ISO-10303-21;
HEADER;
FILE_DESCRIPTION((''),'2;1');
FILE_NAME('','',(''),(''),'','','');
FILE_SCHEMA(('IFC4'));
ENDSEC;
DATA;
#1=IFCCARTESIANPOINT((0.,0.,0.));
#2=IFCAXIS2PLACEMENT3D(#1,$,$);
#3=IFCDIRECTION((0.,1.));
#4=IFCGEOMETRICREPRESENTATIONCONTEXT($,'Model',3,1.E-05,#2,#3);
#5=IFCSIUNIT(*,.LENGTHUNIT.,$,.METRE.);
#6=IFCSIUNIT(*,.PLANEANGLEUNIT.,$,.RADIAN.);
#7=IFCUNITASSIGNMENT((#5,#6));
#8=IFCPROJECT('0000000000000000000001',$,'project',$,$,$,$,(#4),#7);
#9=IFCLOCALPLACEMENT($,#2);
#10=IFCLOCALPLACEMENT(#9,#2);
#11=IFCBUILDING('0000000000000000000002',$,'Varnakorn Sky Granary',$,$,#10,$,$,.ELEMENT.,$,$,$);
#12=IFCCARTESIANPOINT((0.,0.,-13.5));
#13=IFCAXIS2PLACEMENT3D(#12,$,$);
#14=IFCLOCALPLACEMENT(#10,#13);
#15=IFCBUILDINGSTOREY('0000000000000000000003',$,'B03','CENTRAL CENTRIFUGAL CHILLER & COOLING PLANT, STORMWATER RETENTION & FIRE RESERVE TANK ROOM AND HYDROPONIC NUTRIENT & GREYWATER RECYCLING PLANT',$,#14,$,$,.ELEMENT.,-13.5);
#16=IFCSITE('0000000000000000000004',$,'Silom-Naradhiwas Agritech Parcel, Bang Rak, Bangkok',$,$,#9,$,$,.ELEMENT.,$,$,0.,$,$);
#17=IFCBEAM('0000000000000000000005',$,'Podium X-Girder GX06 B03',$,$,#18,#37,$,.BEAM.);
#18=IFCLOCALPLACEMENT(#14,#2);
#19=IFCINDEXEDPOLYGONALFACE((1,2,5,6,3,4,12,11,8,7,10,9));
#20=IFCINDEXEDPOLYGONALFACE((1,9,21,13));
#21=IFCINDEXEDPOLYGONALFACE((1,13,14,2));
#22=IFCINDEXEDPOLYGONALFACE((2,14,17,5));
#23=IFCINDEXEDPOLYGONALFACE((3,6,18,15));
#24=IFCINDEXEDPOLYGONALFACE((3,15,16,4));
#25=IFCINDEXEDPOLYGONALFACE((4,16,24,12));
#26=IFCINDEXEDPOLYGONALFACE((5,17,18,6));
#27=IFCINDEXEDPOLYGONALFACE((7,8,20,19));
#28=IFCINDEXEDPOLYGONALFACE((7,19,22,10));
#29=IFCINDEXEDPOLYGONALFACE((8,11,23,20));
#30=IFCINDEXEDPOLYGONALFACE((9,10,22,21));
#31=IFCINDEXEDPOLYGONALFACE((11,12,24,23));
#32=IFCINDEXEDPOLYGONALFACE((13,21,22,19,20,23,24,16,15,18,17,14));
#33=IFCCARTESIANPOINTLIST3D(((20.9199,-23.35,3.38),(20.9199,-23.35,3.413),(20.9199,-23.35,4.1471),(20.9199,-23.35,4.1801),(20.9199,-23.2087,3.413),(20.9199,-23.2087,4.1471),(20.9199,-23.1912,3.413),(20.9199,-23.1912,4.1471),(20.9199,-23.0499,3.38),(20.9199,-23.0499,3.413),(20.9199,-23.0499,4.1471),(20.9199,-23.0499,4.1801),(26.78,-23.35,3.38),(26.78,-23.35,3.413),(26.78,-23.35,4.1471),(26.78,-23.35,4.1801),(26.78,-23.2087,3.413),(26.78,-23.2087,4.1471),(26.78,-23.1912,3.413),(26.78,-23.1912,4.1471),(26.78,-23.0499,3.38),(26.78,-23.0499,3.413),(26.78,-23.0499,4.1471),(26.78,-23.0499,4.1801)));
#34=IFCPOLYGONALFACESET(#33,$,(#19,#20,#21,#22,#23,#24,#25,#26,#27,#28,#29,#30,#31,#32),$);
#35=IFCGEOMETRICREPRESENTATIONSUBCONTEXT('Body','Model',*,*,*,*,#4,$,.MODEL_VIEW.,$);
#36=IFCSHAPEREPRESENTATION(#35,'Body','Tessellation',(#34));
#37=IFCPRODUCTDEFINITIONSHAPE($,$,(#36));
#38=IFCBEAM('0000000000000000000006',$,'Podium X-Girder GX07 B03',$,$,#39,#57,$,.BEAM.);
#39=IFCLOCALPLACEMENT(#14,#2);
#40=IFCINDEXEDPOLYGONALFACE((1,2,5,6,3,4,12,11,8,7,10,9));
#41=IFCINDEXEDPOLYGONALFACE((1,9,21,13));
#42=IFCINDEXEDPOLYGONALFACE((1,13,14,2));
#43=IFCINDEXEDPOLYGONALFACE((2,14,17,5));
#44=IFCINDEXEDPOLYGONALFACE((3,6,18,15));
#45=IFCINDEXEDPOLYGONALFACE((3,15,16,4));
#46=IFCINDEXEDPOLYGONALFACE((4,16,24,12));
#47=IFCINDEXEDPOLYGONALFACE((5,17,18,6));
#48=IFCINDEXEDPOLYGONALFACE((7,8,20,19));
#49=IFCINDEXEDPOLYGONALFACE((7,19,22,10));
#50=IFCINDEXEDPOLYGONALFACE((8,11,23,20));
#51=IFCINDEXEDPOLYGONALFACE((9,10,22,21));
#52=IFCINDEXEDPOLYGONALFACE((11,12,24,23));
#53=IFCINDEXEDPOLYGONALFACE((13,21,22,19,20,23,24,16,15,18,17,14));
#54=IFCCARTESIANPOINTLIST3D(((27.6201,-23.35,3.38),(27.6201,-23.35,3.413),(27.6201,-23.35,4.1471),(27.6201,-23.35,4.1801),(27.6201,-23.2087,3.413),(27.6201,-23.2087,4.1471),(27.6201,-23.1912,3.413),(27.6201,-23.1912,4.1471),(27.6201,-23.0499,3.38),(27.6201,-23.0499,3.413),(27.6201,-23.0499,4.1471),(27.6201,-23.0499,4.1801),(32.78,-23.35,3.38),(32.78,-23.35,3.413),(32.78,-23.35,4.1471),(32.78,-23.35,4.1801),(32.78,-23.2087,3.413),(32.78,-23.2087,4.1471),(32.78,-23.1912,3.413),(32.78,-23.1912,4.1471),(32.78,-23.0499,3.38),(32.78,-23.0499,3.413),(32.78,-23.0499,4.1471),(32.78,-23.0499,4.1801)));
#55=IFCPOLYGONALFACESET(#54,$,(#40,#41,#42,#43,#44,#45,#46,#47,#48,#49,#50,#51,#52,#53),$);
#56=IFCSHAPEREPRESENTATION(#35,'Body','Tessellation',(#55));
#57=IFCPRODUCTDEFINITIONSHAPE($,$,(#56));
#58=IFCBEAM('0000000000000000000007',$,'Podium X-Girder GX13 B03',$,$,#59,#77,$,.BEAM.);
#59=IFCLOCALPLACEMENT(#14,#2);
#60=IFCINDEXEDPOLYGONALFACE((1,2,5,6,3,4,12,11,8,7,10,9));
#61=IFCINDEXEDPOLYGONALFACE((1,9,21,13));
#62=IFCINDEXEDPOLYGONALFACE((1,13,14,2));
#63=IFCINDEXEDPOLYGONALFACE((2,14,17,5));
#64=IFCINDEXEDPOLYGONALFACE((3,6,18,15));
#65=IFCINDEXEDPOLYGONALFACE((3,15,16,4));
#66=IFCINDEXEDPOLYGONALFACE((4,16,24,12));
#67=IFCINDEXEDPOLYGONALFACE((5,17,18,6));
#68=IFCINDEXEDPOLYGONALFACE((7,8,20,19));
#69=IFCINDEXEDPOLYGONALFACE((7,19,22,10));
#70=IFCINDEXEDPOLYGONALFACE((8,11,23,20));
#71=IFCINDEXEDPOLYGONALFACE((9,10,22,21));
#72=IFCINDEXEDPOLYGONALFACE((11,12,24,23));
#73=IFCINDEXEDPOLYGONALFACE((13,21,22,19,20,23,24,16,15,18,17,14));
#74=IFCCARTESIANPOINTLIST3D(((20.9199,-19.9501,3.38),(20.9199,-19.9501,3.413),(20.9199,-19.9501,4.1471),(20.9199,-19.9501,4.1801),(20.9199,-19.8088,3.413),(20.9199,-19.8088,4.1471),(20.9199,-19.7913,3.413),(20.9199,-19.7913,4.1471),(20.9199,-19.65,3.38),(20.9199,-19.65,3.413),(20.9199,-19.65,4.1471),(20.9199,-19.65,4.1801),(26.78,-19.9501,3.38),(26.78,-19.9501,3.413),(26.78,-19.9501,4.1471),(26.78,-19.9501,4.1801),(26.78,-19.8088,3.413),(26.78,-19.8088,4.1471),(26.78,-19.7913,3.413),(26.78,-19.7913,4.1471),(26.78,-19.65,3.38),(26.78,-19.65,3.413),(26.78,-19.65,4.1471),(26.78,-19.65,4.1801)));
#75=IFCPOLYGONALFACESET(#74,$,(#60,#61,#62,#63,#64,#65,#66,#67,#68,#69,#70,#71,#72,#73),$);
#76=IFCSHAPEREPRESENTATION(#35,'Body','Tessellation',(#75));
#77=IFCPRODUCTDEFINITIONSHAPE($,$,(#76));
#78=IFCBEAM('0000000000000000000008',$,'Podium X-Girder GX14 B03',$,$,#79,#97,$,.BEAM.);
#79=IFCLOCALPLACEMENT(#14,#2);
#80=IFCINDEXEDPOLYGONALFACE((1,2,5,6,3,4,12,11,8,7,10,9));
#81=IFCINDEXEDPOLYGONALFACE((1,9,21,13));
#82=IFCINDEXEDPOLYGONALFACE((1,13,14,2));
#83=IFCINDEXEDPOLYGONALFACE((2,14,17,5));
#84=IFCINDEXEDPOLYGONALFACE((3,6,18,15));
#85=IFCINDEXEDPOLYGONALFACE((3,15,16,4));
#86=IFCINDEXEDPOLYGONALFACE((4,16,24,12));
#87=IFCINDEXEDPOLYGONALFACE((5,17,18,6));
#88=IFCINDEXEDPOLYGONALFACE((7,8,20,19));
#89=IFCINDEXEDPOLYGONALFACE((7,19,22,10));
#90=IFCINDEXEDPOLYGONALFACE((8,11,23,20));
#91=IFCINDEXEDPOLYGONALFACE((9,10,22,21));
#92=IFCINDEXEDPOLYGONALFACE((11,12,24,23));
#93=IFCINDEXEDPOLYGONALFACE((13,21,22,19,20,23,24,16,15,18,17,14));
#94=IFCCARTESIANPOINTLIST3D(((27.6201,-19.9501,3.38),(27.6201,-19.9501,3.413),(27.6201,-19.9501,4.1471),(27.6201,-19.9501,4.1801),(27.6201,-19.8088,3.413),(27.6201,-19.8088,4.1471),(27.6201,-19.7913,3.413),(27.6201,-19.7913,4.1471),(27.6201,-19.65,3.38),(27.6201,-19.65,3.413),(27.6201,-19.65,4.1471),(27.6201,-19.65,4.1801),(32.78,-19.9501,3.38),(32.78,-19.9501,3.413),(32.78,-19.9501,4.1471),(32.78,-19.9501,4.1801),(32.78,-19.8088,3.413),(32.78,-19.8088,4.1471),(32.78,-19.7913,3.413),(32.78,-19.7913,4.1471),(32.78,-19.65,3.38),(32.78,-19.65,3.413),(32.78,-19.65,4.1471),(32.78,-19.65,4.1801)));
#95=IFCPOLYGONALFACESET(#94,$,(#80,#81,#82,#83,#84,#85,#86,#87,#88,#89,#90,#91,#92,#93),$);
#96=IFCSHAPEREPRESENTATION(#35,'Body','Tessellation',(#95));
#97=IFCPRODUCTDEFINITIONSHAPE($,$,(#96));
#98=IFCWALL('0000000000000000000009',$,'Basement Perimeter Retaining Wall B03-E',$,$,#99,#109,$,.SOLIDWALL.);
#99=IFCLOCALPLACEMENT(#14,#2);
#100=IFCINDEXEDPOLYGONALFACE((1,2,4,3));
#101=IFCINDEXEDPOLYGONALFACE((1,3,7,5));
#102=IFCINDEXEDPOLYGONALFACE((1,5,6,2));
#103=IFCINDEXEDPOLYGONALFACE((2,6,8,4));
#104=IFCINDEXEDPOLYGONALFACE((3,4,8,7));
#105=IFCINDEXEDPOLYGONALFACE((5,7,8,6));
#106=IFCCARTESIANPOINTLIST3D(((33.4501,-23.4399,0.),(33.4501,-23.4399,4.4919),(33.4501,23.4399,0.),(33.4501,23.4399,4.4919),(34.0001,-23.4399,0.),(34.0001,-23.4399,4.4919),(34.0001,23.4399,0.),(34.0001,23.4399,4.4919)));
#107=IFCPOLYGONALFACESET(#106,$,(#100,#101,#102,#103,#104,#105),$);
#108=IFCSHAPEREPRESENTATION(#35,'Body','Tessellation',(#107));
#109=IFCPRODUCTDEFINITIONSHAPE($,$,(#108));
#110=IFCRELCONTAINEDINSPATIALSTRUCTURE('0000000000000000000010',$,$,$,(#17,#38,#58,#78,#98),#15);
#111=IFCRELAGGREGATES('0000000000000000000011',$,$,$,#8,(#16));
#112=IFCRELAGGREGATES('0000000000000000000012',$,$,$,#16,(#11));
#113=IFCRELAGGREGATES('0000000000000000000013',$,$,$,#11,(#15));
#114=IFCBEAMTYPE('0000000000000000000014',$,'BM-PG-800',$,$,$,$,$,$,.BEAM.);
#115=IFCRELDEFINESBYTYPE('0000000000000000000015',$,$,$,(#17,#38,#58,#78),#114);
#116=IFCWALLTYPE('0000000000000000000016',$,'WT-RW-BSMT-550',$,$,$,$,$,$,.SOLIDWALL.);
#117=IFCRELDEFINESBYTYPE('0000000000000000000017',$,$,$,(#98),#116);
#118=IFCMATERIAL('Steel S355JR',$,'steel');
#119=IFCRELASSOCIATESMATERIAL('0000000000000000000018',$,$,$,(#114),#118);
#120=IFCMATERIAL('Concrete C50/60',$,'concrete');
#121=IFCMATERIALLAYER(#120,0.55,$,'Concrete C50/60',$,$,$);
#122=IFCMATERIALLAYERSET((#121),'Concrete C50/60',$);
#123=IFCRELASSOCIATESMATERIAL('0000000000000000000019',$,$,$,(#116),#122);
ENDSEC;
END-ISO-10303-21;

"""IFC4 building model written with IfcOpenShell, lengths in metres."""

from ifc_helpers import new_model, si_unit, direction, frame, frame_2d, origin, origin_2d, place, context, subcontext, project, spatial, rectangle, i_section, extrude, material, layer, layer_set, material_profile, profile_set, type_object, element, save


model = new_model("IFC4")

# Units and contexts
model_context = context("Model", 3, precision=1e-05, world=origin(), true_north=direction((0.0, 1.0)))
body_context = subcontext(model_context, "Body", "Model", "MODEL_VIEW")
ifc_project = project(units=[si_unit("LENGTHUNIT", "METRE"), si_unit("PLANEANGLEUNIT", "RADIAN")], contexts=[model_context])

# Site, building, storey
site_placement = place(None, origin())
site = spatial("IfcSite", under=ifc_project, at=site_placement, Name="Silom-Naradhiwas Agritech Parcel, Bang Rak, Bangkok", CompositionType="ELEMENT", RefElevation=0.0)
building_placement = place(site_placement, origin())
building = spatial("IfcBuilding", under=site, at=building_placement, Name="Varnakorn Sky Granary", CompositionType="ELEMENT")
storey_placement = place(building_placement, frame((0.0, 0.0, -13.5)))
storey = spatial("IfcBuildingStorey", under=building, at=storey_placement, Name="B03", Description="CENTRAL CENTRIFUGAL CHILLER & COOLING PLANT, STORMWATER RETENTION & FIRE RESERVE TANK ROOM AND HYDROPONIC NUTRIENT & GREYWATER RECYCLING PLANT", CompositionType="ELEMENT", Elevation=-13.5)

# Shared definitions
ifc_material_1 = material(Name="Concrete C50/60", Category="concrete")

# Beams
ifc_material_2 = material(Name="Steel S355JR", Category="steel")
ifc_material_profile_1 = material_profile(ifc_material_2, i_section(OverallWidth=0.3, OverallDepth=0.8, WebThickness=0.0176, FlangeThickness=0.033, at=origin_2d()), Name="HE 800 B")
ifc_profile_set_1 = profile_set([ifc_material_profile_1], Name="Steel S355JR")
beam_type_1 = type_object("IfcBeamType", Name="BM-PG-800", PredefinedType="BEAM", material=ifc_profile_set_1)
beam_1_placement = place(storey_placement, frame((20.9199, -23.2, 3.78), z_axis=(1.0, 0.0, 0.0), x_axis=(0.0, 1.0, 0.0)))
element("IfcBeam", 1, at=beam_1_placement, inside=storey, type_object=beam_type_1, Name="Podium X-Girder GX06 B03", PredefinedType="BEAM", context=body_context, shape_type="SweptSolid", body=[
    extrude(i_section(OverallWidth=0.3, OverallDepth=0.8, WebThickness=0.0176, FlangeThickness=0.033, at=origin_2d()), origin(), (0.0, 0.0, 1.0), 5.8601),
])
beam_2_placement = place(storey_placement, frame((27.6201, -23.2, 3.78), z_axis=(1.0, 0.0, 0.0), x_axis=(0.0, 1.0, 0.0)))
element("IfcBeam", 2, at=beam_2_placement, inside=storey, type_object=beam_type_1, Name="Podium X-Girder GX07 B03", PredefinedType="BEAM", context=body_context, shape_type="SweptSolid", body=[
    extrude(i_section(OverallWidth=0.3, OverallDepth=0.8, WebThickness=0.0176, FlangeThickness=0.033, at=origin_2d()), origin(), (0.0, 0.0, 1.0), 5.1599),
])
beam_3_placement = place(storey_placement, frame((20.9199, -19.8, 3.78), z_axis=(1.0, 0.0, 0.0), x_axis=(0.0, 1.0, 0.0)))
element("IfcBeam", 3, at=beam_3_placement, inside=storey, type_object=beam_type_1, Name="Podium X-Girder GX13 B03", PredefinedType="BEAM", context=body_context, shape_type="SweptSolid", body=[
    extrude(i_section(OverallWidth=0.3, OverallDepth=0.8, WebThickness=0.0176, FlangeThickness=0.033, at=origin_2d()), origin(), (0.0, 0.0, 1.0), 5.8601),
])
beam_4_placement = place(storey_placement, frame((27.6201, -19.8, 3.78), z_axis=(1.0, 0.0, 0.0), x_axis=(0.0, 1.0, 0.0)))
element("IfcBeam", 4, at=beam_4_placement, inside=storey, type_object=beam_type_1, Name="Podium X-Girder GX14 B03", PredefinedType="BEAM", context=body_context, shape_type="SweptSolid", body=[
    extrude(i_section(OverallWidth=0.3, OverallDepth=0.8, WebThickness=0.0176, FlangeThickness=0.033, at=origin_2d()), origin(), (0.0, 0.0, 1.0), 5.1599),
])

# Wall
ifc_layer = layer(ifc_material_1, 0.55, Name="Concrete C50/60")
ifc_layer_set = layer_set([ifc_layer], Name="Concrete C50/60")
wall_type = type_object("IfcWallType", Name="WT-RW-BSMT-550", PredefinedType="SOLIDWALL", material=ifc_layer_set)
wall_placement = place(storey_placement, frame((33.7251, -23.4399, 0.0), z_axis=(0.0, 0.0, 1.0), x_axis=(0.0, 1.0, 0.0)))
element("IfcWall", 5, at=wall_placement, inside=storey, type_object=wall_type, Name="Basement Perimeter Retaining Wall B03-E", PredefinedType="SOLIDWALL", context=body_context, shape_type="SweptSolid", body=[
    extrude(rectangle(XDim=46.8799, YDim=0.55, at=frame_2d((23.4399, 0.0))), origin(), (0.0, 0.0, 1.0), 4.4919),
])

save(model, "model.ifc")
